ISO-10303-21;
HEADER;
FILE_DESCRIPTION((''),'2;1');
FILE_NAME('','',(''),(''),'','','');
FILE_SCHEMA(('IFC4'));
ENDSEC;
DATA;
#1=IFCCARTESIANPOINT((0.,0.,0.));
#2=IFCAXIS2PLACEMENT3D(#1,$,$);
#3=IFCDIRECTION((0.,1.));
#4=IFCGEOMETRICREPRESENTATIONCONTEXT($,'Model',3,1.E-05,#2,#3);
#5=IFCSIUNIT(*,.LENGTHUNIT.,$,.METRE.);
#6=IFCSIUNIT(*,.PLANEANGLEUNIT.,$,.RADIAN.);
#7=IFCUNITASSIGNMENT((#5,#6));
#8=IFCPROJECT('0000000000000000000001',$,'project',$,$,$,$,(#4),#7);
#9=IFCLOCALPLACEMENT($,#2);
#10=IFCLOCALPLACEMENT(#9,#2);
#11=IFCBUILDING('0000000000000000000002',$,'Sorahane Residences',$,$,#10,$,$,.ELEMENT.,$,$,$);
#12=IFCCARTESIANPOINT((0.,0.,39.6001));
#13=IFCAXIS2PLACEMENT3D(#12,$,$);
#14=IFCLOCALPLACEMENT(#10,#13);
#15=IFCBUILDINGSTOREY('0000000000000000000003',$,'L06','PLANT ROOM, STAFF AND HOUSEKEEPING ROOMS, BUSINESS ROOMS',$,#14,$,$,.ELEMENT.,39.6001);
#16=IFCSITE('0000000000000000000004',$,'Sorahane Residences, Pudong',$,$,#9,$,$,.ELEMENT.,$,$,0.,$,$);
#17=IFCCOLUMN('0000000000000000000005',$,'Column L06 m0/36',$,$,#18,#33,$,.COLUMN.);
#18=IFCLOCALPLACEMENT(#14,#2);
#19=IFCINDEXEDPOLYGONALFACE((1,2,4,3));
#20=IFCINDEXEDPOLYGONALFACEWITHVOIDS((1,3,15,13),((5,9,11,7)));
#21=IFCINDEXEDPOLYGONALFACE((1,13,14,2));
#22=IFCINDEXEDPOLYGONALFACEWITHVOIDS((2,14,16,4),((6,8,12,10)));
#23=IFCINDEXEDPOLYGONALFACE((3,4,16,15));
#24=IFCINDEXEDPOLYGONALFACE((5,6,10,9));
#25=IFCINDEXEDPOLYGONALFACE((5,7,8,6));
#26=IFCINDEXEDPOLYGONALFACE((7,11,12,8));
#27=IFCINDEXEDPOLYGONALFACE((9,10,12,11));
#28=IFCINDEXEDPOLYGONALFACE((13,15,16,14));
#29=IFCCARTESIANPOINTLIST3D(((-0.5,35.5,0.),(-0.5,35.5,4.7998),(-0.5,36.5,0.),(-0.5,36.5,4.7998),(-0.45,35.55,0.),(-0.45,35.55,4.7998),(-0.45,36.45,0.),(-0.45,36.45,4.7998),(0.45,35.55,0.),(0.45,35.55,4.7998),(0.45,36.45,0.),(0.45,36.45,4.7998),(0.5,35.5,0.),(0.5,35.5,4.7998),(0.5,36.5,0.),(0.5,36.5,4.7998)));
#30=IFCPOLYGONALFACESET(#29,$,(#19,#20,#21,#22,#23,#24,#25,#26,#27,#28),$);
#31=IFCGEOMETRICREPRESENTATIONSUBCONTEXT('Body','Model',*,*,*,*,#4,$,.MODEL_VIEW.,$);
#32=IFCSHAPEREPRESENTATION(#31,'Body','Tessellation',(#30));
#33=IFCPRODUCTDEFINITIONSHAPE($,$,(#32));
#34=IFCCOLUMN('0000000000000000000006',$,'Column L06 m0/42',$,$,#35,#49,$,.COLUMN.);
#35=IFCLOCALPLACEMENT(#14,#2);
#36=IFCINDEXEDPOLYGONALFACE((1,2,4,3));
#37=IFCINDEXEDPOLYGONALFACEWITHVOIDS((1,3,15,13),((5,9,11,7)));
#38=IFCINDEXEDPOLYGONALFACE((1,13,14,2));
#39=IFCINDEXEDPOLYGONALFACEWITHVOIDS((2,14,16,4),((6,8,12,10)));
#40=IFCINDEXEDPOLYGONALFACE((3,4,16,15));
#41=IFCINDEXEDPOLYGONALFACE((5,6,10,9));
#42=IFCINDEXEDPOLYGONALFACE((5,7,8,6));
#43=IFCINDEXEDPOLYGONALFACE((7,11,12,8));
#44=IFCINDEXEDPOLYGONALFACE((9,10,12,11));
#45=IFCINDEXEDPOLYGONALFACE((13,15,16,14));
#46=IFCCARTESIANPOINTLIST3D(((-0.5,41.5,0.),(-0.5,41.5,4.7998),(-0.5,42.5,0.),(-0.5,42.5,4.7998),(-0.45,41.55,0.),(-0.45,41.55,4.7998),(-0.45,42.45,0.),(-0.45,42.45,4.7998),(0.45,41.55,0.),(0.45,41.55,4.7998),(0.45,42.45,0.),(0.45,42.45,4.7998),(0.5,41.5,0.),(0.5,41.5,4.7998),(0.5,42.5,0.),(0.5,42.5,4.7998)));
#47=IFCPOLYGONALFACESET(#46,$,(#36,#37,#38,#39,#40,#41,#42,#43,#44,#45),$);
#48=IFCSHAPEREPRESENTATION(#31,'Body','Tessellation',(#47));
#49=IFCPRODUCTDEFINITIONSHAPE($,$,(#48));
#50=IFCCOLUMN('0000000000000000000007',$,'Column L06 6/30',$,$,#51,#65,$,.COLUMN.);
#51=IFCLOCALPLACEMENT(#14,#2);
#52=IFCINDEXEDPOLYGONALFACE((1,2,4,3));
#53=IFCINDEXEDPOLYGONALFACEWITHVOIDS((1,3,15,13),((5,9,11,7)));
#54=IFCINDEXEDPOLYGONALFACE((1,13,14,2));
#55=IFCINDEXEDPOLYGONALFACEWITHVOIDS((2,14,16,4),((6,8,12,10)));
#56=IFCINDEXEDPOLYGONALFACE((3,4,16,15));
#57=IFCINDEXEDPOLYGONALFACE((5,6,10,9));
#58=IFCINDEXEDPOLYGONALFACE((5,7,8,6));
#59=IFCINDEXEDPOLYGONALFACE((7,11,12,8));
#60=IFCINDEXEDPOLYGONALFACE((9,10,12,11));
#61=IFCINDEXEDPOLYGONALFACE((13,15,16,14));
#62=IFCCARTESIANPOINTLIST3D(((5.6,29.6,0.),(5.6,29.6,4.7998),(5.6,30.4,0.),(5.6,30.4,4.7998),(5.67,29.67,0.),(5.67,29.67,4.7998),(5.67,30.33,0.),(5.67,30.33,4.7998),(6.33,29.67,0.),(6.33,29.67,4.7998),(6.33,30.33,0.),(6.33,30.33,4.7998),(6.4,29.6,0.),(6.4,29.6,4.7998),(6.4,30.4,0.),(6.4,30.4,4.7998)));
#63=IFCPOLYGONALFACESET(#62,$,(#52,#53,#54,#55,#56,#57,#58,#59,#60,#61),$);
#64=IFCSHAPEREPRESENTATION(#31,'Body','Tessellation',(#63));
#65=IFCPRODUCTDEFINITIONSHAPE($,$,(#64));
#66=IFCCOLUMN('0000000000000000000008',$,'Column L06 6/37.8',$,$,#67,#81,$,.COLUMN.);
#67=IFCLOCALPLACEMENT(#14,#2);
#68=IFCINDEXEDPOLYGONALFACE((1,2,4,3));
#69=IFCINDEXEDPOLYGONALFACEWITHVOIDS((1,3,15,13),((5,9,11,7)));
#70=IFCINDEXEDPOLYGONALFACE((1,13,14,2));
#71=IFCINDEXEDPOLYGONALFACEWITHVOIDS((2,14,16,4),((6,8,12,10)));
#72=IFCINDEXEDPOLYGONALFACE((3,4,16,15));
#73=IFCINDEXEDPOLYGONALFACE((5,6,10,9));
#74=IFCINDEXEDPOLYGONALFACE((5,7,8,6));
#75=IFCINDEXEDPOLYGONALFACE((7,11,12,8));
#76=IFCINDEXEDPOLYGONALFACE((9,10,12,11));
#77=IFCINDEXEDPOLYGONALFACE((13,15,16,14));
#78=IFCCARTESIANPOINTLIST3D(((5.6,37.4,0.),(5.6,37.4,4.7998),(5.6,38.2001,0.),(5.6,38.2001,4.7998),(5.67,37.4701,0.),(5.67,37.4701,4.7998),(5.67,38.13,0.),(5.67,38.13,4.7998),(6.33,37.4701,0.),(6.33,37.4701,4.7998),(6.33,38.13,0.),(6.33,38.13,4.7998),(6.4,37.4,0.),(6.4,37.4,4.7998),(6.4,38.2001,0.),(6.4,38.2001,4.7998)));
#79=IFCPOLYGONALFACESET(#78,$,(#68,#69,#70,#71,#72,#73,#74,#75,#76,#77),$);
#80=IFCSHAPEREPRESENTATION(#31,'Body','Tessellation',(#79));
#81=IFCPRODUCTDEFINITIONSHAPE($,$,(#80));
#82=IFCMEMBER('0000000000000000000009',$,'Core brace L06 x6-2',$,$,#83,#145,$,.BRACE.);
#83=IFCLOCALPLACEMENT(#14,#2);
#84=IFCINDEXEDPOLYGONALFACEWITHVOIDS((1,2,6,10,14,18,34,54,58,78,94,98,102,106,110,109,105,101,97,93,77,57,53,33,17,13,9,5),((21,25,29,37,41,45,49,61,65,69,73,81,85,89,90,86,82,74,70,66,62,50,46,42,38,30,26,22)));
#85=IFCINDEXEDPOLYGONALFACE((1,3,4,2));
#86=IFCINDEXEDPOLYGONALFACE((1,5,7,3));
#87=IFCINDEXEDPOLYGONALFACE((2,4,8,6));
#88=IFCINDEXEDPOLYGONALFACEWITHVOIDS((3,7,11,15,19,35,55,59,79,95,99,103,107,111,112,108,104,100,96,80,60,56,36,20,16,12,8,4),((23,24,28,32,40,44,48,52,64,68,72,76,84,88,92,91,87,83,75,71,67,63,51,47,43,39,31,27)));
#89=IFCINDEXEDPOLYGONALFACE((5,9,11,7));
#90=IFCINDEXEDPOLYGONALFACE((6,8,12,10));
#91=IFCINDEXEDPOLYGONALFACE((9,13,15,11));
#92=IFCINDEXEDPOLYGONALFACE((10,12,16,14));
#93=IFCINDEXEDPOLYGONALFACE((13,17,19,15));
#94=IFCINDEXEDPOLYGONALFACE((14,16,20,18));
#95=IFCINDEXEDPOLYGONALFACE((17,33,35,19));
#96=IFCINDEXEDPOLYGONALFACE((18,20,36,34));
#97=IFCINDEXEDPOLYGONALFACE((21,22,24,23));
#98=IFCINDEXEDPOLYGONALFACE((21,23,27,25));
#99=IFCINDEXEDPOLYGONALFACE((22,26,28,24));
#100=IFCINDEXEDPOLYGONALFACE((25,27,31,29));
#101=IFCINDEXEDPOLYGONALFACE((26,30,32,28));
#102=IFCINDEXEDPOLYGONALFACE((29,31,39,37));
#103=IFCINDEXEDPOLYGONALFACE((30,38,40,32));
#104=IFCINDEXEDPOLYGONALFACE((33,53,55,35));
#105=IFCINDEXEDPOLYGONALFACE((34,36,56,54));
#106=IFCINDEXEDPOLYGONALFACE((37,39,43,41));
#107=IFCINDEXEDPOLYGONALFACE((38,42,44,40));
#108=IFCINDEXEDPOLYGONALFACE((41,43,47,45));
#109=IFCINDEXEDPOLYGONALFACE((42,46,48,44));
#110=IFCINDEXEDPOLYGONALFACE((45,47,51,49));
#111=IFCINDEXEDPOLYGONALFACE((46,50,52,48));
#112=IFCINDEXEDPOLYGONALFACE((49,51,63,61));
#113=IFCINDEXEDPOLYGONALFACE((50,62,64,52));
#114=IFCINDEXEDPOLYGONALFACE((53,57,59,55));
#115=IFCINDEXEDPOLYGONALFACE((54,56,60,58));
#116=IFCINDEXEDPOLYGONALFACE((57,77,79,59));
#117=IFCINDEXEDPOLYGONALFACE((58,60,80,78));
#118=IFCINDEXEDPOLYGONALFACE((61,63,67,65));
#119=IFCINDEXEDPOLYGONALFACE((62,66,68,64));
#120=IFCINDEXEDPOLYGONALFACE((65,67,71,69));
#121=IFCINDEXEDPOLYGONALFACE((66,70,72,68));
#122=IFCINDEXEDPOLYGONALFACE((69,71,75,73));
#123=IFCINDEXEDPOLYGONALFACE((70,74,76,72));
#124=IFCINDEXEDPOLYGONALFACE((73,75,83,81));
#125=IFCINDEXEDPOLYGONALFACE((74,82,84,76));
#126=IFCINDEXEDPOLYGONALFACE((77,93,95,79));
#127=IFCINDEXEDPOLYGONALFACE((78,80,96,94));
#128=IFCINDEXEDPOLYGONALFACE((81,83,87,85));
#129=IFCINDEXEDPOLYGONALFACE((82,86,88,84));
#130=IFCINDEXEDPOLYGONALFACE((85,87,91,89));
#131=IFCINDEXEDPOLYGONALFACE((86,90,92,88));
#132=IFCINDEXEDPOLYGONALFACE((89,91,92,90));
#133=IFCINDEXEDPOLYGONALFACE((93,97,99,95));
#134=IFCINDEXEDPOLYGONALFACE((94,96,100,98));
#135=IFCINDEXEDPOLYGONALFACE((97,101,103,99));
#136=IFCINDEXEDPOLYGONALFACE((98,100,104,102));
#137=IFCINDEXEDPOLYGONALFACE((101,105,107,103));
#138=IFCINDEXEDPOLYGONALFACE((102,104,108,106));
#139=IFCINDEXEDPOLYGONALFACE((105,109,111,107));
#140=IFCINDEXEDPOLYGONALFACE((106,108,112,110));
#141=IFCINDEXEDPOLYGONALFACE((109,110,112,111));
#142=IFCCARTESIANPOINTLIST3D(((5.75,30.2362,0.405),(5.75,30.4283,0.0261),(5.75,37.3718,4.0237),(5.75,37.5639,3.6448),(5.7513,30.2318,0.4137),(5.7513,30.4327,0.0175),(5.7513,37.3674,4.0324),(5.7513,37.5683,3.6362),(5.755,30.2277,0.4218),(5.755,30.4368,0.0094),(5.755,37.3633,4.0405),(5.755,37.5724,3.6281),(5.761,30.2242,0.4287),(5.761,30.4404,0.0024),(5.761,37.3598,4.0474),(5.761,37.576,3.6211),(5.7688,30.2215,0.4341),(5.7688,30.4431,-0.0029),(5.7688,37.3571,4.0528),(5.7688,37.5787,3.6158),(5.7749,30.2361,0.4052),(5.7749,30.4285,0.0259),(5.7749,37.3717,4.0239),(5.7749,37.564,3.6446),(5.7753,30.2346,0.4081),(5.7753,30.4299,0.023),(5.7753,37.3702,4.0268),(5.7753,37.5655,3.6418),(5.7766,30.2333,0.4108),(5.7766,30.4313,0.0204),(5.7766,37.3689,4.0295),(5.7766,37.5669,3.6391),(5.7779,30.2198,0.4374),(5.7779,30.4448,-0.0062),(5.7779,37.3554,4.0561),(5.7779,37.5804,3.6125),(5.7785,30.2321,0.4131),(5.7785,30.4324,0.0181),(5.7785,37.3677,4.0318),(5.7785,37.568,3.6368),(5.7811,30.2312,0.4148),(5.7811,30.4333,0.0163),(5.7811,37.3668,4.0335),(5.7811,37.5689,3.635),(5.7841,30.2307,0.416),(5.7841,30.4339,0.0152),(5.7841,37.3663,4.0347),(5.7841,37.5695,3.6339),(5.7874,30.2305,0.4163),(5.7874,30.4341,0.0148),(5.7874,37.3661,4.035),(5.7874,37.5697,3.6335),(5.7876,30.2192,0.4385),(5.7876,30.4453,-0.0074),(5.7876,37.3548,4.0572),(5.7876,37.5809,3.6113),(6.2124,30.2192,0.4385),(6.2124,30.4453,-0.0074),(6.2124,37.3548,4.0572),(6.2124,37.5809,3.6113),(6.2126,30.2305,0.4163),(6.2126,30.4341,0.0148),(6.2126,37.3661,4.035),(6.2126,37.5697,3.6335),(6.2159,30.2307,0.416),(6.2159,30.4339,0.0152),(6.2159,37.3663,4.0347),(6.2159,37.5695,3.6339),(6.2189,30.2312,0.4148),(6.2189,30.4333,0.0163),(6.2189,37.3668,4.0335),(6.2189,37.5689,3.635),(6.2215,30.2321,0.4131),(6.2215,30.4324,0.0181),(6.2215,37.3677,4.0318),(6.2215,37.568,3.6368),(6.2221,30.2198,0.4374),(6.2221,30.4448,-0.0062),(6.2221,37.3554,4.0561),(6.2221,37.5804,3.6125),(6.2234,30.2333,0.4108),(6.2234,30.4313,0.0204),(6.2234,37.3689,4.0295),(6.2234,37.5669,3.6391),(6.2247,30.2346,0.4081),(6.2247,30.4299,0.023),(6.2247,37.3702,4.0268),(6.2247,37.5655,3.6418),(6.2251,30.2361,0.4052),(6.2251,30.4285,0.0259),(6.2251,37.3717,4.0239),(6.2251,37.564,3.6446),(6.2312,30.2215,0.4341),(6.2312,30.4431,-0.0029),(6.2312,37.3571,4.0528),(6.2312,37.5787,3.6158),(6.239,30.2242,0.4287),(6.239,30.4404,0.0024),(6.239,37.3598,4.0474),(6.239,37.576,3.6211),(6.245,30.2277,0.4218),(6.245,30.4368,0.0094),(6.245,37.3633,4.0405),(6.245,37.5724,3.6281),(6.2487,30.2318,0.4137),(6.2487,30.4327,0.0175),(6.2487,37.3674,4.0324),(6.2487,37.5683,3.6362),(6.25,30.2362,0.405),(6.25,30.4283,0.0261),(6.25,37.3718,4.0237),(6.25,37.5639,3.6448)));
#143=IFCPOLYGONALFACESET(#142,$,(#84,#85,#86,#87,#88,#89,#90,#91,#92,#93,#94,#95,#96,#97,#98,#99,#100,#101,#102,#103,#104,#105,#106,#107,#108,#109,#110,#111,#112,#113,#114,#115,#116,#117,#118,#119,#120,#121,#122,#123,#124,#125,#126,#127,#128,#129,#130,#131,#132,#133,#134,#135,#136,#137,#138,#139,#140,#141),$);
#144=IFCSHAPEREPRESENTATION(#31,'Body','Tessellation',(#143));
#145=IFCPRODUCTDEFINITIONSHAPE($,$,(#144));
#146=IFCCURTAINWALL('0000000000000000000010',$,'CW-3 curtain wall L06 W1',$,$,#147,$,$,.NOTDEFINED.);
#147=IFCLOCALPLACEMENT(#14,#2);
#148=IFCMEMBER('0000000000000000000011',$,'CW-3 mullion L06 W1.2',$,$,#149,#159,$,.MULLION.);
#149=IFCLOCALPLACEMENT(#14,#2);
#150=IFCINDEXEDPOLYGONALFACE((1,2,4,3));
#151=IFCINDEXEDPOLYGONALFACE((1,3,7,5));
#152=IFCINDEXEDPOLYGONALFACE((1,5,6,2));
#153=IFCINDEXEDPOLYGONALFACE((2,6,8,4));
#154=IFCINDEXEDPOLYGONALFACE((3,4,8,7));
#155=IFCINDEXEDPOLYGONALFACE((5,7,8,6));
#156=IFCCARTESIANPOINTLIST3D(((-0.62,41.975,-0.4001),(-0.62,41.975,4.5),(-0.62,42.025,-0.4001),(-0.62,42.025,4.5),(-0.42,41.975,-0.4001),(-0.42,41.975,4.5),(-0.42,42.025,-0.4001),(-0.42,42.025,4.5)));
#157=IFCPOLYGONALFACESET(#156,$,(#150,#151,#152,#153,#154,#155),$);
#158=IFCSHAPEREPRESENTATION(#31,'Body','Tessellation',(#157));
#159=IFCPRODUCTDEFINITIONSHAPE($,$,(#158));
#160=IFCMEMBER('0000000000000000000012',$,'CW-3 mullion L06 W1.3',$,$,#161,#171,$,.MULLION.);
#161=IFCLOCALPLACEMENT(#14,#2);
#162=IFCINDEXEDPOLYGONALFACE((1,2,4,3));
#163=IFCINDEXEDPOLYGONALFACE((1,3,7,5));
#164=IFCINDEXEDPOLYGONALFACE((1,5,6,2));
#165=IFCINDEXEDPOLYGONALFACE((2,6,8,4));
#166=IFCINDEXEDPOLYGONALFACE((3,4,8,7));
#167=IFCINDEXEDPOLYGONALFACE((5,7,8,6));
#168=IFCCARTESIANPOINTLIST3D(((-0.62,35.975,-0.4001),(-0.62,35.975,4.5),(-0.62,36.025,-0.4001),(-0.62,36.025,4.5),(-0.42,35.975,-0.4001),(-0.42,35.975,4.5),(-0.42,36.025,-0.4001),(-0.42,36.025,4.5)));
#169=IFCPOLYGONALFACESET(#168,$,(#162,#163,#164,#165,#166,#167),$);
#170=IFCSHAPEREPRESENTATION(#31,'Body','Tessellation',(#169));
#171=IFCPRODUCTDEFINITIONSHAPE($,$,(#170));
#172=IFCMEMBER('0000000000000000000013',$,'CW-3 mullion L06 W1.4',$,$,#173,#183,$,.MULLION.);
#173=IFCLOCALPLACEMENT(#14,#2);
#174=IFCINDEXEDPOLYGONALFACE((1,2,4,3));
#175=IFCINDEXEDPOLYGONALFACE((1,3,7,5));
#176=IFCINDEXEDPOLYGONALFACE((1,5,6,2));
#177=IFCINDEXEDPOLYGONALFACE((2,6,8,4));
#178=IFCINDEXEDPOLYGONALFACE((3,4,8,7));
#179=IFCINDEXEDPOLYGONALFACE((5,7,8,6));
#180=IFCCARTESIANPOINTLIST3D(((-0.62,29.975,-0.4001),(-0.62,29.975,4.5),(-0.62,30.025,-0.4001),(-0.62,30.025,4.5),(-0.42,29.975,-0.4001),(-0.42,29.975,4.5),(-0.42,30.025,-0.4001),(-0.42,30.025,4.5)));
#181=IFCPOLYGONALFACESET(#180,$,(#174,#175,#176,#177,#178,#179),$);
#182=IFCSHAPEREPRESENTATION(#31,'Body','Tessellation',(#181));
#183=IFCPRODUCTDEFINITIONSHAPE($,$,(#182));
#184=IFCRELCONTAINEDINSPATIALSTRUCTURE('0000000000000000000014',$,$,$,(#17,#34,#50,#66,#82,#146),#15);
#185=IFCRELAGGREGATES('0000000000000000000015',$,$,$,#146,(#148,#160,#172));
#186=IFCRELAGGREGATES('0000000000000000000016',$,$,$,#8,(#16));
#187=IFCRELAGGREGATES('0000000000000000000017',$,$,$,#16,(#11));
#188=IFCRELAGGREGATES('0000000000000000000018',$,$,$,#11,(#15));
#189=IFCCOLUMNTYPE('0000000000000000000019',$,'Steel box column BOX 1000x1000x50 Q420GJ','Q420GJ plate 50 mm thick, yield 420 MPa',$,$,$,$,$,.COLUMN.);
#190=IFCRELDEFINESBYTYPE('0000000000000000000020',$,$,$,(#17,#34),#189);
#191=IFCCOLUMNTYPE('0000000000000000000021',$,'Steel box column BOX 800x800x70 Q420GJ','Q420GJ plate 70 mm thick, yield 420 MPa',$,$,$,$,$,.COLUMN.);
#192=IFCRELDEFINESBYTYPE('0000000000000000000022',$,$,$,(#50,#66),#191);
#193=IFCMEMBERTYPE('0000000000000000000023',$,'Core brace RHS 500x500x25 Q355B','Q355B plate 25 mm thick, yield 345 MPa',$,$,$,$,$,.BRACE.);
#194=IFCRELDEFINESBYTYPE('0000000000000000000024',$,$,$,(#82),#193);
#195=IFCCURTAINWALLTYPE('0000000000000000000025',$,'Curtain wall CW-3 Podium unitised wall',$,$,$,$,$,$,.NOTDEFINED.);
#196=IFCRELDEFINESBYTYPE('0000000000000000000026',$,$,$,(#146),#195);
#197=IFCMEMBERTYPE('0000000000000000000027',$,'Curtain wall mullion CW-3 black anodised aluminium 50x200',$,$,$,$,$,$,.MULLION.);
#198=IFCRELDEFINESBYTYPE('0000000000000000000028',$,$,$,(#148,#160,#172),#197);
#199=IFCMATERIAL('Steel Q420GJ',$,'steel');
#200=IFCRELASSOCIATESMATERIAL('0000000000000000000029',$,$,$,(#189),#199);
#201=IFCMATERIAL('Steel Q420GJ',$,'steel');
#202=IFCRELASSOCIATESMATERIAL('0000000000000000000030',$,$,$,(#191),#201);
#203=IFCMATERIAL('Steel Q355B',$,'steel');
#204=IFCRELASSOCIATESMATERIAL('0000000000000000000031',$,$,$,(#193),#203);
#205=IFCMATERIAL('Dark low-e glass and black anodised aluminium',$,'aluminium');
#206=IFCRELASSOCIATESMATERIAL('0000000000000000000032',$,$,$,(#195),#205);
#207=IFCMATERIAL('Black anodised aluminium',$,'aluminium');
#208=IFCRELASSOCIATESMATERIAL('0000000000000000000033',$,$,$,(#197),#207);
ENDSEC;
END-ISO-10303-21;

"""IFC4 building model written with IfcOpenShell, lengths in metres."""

from ifc_helpers import new_model, si_unit, direction, frame, origin, origin_2d, place, context, subcontext, project, spatial, rectangle, hollow_rectangle, extrude, material, material_profile, profile_set, type_object, element, aggregate, save


model = new_model("IFC4")

# Units and contexts
model_context = context("Model", 3, precision=1e-05, world=origin(), true_north=direction((0.0, 1.0)))
body_context = subcontext(model_context, "Body", "Model", "MODEL_VIEW")
ifc_project = project(units=[si_unit("LENGTHUNIT", "METRE"), si_unit("PLANEANGLEUNIT", "RADIAN")], contexts=[model_context])

# Site, building, storey
site_placement = place(None, origin())
site = spatial("IfcSite", under=ifc_project, at=site_placement, Name="Sorahane Residences, Pudong", CompositionType="ELEMENT", RefElevation=0.0)
building_placement = place(site_placement, origin())
building = spatial("IfcBuilding", under=site, at=building_placement, Name="Sorahane Residences", CompositionType="ELEMENT")
storey_placement = place(building_placement, frame((0.0, 0.0, 39.6001)))
storey = spatial("IfcBuildingStorey", under=building, at=storey_placement, Name="L06", Description="PLANT ROOM, STAFF AND HOUSEKEEPING ROOMS, BUSINESS ROOMS", CompositionType="ELEMENT", Elevation=39.6001)

# Columns
ifc_material_1 = material(Name="Steel Q420GJ", Category="steel")
ifc_material_profile_1 = material_profile(ifc_material_1, hollow_rectangle(XDim=1.0, YDim=1.0, WallThickness=0.05, at=origin_2d()), Name="BOX 1000x1000x50")
ifc_profile_set_1 = profile_set([ifc_material_profile_1], Name="Steel Q420GJ")
column_type_1 = type_object("IfcColumnType", Name="Steel box column BOX 1000x1000x50 Q420GJ", Description="Q420GJ plate 50 mm thick, yield 420 MPa", PredefinedType="COLUMN", material=ifc_profile_set_1)
for number, where, z_axis, x_axis, name in (
    (1, (0.0, 36.0, 0.0), (0.0, 0.0, 1.0), (1.0, 0.0, 0.0), "Column L06 m0/36"),
    (2, (0.0, 42.0, 0.0), (0.0, 0.0, 1.0), (1.0, 0.0, 0.0), "Column L06 m0/42"),
):
    element("IfcColumn", number, at=place(storey_placement, frame(where, z_axis=z_axis, x_axis=x_axis)), inside=storey, type_object=column_type_1, Name=name, PredefinedType="COLUMN", context=body_context, shape_type="SweptSolid", body=[
        extrude(hollow_rectangle(XDim=1.0, YDim=1.0, WallThickness=0.05, at=origin_2d()), origin(), (0.0, 0.0, 1.0), 4.7998),
    ])
ifc_material_2 = material(Name="Steel Q420GJ", Category="steel")
ifc_material_profile_2 = material_profile(ifc_material_2, hollow_rectangle(XDim=0.8, YDim=0.8, WallThickness=0.0701, at=origin_2d()), Name="BOX 800x800x70")
ifc_profile_set_2 = profile_set([ifc_material_profile_2], Name="Steel Q420GJ")
column_type_2 = type_object("IfcColumnType", Name="Steel box column BOX 800x800x70 Q420GJ", Description="Q420GJ plate 70 mm thick, yield 420 MPa", PredefinedType="COLUMN", material=ifc_profile_set_2)
for number, where, z_axis, x_axis, name in (
    (3, (6.0, 30.0, 0.0), (0.0, 0.0, 1.0), (1.0, 0.0, 0.0), "Column L06 6/30"),
    (4, (6.0, 37.8, 0.0), (0.0, 0.0, 1.0), (1.0, 0.0, 0.0), "Column L06 6/37.8"),
):
    element("IfcColumn", number, at=place(storey_placement, frame(where, z_axis=z_axis, x_axis=x_axis)), inside=storey, type_object=column_type_2, Name=name, PredefinedType="COLUMN", context=body_context, shape_type="SweptSolid", body=[
        extrude(hollow_rectangle(XDim=0.8, YDim=0.8, WallThickness=0.0701, at=origin_2d()), origin(), (0.0, 0.0, 1.0), 4.7998),
    ])

# Member
ifc_material_3 = material(Name="Steel Q355B", Category="steel")
ifc_material_profile_3 = material_profile(ifc_material_3, hollow_rectangle(XDim=0.5, YDim=0.5, WallThickness=0.0249, InnerFilletRadius=0.0125, OuterFilletRadius=0.0376, at=origin_2d()), Name="RHS 500x500x25")
ifc_profile_set_3 = profile_set([ifc_material_profile_3], Name="Steel Q355B")
member_type_1 = type_object("IfcMemberType", Name="Core brace RHS 500x500x25 Q355B", Description="Q355B plate 25 mm thick, yield 345 MPa", PredefinedType="BRACE", material=ifc_profile_set_3)
member_1_placement = place(storey_placement, frame((6.0, 30.3323, 0.2156), z_axis=(0.0, 0.891868, 0.452296), x_axis=(-1.0, 0.0, 0.0)))
element("IfcMember", 5, at=member_1_placement, inside=storey, type_object=member_type_1, Name="Core brace L06 x6-2", PredefinedType="BRACE", context=body_context, shape_type="SweptSolid", body=[
    extrude(hollow_rectangle(XDim=0.5, YDim=0.5, WallThickness=0.0249, InnerFilletRadius=0.0125, OuterFilletRadius=0.0376, at=origin_2d()), origin(), (0.0, 0.0, 1.0), 8.0007),
])

# Curtain wall, members
ifc_material_4 = material(Name="Dark low-e glass and black anodised aluminium", Category="aluminium")
curtain_wall_type = type_object("IfcCurtainWallType", Name="Curtain wall CW-3 Podium unitised wall", PredefinedType="NOTDEFINED", material=ifc_material_4)
curtain_wall_placement = place(storey_placement, origin())
curtain_wall = element("IfcCurtainWall", 6, at=curtain_wall_placement, inside=storey, type_object=curtain_wall_type, Name="CW-3 curtain wall L06 W1", PredefinedType="NOTDEFINED")
ifc_material_5 = material(Name="Black anodised aluminium", Category="aluminium")
ifc_material_profile_4 = material_profile(ifc_material_5, rectangle(XDim=0.2, YDim=0.05, at=origin_2d()), Name="Curtain wall mullion CW-3 black anodised aluminium 50x200")
ifc_profile_set_4 = profile_set([ifc_material_profile_4], Name="Black anodised aluminium")
member_type_2 = type_object("IfcMemberType", Name="Curtain wall mullion CW-3 black anodised aluminium 50x200", PredefinedType="MULLION", material=ifc_profile_set_4)
member_2_placement = place(storey_placement, frame((-0.52, 42.0, -0.4001), z_axis=(0.0, 0.0, 1.0), x_axis=(-1.0, 0.0, 0.0)))
member_2 = element("IfcMember", 7, at=member_2_placement, type_object=member_type_2, Name="CW-3 mullion L06 W1.2", PredefinedType="MULLION", context=body_context, shape_type="SweptSolid", body=[
    extrude(rectangle(XDim=0.2, YDim=0.05, at=origin_2d()), origin(), (0.0, 0.0, 1.0), 4.9001),
])
member_3_placement = place(storey_placement, frame((-0.52, 36.0, -0.4001), z_axis=(0.0, 0.0, 1.0), x_axis=(-1.0, 0.0, 0.0)))
member_3 = element("IfcMember", 8, at=member_3_placement, type_object=member_type_2, Name="CW-3 mullion L06 W1.3", PredefinedType="MULLION", context=body_context, shape_type="SweptSolid", body=[
    extrude(rectangle(XDim=0.2, YDim=0.05, at=origin_2d()), origin(), (0.0, 0.0, 1.0), 4.9001),
])
member_4_placement = place(storey_placement, frame((-0.52, 30.0, -0.4001), z_axis=(0.0, 0.0, 1.0), x_axis=(-1.0, 0.0, 0.0)))
member_4 = element("IfcMember", 9, at=member_4_placement, type_object=member_type_2, Name="CW-3 mullion L06 W1.4", PredefinedType="MULLION", context=body_context, shape_type="SweptSolid", body=[
    extrude(rectangle(XDim=0.2, YDim=0.05, at=origin_2d()), origin(), (0.0, 0.0, 1.0), 4.9001),
])

aggregate(curtain_wall, [member_2, member_3, member_4])

save(model, "model.ifc")
